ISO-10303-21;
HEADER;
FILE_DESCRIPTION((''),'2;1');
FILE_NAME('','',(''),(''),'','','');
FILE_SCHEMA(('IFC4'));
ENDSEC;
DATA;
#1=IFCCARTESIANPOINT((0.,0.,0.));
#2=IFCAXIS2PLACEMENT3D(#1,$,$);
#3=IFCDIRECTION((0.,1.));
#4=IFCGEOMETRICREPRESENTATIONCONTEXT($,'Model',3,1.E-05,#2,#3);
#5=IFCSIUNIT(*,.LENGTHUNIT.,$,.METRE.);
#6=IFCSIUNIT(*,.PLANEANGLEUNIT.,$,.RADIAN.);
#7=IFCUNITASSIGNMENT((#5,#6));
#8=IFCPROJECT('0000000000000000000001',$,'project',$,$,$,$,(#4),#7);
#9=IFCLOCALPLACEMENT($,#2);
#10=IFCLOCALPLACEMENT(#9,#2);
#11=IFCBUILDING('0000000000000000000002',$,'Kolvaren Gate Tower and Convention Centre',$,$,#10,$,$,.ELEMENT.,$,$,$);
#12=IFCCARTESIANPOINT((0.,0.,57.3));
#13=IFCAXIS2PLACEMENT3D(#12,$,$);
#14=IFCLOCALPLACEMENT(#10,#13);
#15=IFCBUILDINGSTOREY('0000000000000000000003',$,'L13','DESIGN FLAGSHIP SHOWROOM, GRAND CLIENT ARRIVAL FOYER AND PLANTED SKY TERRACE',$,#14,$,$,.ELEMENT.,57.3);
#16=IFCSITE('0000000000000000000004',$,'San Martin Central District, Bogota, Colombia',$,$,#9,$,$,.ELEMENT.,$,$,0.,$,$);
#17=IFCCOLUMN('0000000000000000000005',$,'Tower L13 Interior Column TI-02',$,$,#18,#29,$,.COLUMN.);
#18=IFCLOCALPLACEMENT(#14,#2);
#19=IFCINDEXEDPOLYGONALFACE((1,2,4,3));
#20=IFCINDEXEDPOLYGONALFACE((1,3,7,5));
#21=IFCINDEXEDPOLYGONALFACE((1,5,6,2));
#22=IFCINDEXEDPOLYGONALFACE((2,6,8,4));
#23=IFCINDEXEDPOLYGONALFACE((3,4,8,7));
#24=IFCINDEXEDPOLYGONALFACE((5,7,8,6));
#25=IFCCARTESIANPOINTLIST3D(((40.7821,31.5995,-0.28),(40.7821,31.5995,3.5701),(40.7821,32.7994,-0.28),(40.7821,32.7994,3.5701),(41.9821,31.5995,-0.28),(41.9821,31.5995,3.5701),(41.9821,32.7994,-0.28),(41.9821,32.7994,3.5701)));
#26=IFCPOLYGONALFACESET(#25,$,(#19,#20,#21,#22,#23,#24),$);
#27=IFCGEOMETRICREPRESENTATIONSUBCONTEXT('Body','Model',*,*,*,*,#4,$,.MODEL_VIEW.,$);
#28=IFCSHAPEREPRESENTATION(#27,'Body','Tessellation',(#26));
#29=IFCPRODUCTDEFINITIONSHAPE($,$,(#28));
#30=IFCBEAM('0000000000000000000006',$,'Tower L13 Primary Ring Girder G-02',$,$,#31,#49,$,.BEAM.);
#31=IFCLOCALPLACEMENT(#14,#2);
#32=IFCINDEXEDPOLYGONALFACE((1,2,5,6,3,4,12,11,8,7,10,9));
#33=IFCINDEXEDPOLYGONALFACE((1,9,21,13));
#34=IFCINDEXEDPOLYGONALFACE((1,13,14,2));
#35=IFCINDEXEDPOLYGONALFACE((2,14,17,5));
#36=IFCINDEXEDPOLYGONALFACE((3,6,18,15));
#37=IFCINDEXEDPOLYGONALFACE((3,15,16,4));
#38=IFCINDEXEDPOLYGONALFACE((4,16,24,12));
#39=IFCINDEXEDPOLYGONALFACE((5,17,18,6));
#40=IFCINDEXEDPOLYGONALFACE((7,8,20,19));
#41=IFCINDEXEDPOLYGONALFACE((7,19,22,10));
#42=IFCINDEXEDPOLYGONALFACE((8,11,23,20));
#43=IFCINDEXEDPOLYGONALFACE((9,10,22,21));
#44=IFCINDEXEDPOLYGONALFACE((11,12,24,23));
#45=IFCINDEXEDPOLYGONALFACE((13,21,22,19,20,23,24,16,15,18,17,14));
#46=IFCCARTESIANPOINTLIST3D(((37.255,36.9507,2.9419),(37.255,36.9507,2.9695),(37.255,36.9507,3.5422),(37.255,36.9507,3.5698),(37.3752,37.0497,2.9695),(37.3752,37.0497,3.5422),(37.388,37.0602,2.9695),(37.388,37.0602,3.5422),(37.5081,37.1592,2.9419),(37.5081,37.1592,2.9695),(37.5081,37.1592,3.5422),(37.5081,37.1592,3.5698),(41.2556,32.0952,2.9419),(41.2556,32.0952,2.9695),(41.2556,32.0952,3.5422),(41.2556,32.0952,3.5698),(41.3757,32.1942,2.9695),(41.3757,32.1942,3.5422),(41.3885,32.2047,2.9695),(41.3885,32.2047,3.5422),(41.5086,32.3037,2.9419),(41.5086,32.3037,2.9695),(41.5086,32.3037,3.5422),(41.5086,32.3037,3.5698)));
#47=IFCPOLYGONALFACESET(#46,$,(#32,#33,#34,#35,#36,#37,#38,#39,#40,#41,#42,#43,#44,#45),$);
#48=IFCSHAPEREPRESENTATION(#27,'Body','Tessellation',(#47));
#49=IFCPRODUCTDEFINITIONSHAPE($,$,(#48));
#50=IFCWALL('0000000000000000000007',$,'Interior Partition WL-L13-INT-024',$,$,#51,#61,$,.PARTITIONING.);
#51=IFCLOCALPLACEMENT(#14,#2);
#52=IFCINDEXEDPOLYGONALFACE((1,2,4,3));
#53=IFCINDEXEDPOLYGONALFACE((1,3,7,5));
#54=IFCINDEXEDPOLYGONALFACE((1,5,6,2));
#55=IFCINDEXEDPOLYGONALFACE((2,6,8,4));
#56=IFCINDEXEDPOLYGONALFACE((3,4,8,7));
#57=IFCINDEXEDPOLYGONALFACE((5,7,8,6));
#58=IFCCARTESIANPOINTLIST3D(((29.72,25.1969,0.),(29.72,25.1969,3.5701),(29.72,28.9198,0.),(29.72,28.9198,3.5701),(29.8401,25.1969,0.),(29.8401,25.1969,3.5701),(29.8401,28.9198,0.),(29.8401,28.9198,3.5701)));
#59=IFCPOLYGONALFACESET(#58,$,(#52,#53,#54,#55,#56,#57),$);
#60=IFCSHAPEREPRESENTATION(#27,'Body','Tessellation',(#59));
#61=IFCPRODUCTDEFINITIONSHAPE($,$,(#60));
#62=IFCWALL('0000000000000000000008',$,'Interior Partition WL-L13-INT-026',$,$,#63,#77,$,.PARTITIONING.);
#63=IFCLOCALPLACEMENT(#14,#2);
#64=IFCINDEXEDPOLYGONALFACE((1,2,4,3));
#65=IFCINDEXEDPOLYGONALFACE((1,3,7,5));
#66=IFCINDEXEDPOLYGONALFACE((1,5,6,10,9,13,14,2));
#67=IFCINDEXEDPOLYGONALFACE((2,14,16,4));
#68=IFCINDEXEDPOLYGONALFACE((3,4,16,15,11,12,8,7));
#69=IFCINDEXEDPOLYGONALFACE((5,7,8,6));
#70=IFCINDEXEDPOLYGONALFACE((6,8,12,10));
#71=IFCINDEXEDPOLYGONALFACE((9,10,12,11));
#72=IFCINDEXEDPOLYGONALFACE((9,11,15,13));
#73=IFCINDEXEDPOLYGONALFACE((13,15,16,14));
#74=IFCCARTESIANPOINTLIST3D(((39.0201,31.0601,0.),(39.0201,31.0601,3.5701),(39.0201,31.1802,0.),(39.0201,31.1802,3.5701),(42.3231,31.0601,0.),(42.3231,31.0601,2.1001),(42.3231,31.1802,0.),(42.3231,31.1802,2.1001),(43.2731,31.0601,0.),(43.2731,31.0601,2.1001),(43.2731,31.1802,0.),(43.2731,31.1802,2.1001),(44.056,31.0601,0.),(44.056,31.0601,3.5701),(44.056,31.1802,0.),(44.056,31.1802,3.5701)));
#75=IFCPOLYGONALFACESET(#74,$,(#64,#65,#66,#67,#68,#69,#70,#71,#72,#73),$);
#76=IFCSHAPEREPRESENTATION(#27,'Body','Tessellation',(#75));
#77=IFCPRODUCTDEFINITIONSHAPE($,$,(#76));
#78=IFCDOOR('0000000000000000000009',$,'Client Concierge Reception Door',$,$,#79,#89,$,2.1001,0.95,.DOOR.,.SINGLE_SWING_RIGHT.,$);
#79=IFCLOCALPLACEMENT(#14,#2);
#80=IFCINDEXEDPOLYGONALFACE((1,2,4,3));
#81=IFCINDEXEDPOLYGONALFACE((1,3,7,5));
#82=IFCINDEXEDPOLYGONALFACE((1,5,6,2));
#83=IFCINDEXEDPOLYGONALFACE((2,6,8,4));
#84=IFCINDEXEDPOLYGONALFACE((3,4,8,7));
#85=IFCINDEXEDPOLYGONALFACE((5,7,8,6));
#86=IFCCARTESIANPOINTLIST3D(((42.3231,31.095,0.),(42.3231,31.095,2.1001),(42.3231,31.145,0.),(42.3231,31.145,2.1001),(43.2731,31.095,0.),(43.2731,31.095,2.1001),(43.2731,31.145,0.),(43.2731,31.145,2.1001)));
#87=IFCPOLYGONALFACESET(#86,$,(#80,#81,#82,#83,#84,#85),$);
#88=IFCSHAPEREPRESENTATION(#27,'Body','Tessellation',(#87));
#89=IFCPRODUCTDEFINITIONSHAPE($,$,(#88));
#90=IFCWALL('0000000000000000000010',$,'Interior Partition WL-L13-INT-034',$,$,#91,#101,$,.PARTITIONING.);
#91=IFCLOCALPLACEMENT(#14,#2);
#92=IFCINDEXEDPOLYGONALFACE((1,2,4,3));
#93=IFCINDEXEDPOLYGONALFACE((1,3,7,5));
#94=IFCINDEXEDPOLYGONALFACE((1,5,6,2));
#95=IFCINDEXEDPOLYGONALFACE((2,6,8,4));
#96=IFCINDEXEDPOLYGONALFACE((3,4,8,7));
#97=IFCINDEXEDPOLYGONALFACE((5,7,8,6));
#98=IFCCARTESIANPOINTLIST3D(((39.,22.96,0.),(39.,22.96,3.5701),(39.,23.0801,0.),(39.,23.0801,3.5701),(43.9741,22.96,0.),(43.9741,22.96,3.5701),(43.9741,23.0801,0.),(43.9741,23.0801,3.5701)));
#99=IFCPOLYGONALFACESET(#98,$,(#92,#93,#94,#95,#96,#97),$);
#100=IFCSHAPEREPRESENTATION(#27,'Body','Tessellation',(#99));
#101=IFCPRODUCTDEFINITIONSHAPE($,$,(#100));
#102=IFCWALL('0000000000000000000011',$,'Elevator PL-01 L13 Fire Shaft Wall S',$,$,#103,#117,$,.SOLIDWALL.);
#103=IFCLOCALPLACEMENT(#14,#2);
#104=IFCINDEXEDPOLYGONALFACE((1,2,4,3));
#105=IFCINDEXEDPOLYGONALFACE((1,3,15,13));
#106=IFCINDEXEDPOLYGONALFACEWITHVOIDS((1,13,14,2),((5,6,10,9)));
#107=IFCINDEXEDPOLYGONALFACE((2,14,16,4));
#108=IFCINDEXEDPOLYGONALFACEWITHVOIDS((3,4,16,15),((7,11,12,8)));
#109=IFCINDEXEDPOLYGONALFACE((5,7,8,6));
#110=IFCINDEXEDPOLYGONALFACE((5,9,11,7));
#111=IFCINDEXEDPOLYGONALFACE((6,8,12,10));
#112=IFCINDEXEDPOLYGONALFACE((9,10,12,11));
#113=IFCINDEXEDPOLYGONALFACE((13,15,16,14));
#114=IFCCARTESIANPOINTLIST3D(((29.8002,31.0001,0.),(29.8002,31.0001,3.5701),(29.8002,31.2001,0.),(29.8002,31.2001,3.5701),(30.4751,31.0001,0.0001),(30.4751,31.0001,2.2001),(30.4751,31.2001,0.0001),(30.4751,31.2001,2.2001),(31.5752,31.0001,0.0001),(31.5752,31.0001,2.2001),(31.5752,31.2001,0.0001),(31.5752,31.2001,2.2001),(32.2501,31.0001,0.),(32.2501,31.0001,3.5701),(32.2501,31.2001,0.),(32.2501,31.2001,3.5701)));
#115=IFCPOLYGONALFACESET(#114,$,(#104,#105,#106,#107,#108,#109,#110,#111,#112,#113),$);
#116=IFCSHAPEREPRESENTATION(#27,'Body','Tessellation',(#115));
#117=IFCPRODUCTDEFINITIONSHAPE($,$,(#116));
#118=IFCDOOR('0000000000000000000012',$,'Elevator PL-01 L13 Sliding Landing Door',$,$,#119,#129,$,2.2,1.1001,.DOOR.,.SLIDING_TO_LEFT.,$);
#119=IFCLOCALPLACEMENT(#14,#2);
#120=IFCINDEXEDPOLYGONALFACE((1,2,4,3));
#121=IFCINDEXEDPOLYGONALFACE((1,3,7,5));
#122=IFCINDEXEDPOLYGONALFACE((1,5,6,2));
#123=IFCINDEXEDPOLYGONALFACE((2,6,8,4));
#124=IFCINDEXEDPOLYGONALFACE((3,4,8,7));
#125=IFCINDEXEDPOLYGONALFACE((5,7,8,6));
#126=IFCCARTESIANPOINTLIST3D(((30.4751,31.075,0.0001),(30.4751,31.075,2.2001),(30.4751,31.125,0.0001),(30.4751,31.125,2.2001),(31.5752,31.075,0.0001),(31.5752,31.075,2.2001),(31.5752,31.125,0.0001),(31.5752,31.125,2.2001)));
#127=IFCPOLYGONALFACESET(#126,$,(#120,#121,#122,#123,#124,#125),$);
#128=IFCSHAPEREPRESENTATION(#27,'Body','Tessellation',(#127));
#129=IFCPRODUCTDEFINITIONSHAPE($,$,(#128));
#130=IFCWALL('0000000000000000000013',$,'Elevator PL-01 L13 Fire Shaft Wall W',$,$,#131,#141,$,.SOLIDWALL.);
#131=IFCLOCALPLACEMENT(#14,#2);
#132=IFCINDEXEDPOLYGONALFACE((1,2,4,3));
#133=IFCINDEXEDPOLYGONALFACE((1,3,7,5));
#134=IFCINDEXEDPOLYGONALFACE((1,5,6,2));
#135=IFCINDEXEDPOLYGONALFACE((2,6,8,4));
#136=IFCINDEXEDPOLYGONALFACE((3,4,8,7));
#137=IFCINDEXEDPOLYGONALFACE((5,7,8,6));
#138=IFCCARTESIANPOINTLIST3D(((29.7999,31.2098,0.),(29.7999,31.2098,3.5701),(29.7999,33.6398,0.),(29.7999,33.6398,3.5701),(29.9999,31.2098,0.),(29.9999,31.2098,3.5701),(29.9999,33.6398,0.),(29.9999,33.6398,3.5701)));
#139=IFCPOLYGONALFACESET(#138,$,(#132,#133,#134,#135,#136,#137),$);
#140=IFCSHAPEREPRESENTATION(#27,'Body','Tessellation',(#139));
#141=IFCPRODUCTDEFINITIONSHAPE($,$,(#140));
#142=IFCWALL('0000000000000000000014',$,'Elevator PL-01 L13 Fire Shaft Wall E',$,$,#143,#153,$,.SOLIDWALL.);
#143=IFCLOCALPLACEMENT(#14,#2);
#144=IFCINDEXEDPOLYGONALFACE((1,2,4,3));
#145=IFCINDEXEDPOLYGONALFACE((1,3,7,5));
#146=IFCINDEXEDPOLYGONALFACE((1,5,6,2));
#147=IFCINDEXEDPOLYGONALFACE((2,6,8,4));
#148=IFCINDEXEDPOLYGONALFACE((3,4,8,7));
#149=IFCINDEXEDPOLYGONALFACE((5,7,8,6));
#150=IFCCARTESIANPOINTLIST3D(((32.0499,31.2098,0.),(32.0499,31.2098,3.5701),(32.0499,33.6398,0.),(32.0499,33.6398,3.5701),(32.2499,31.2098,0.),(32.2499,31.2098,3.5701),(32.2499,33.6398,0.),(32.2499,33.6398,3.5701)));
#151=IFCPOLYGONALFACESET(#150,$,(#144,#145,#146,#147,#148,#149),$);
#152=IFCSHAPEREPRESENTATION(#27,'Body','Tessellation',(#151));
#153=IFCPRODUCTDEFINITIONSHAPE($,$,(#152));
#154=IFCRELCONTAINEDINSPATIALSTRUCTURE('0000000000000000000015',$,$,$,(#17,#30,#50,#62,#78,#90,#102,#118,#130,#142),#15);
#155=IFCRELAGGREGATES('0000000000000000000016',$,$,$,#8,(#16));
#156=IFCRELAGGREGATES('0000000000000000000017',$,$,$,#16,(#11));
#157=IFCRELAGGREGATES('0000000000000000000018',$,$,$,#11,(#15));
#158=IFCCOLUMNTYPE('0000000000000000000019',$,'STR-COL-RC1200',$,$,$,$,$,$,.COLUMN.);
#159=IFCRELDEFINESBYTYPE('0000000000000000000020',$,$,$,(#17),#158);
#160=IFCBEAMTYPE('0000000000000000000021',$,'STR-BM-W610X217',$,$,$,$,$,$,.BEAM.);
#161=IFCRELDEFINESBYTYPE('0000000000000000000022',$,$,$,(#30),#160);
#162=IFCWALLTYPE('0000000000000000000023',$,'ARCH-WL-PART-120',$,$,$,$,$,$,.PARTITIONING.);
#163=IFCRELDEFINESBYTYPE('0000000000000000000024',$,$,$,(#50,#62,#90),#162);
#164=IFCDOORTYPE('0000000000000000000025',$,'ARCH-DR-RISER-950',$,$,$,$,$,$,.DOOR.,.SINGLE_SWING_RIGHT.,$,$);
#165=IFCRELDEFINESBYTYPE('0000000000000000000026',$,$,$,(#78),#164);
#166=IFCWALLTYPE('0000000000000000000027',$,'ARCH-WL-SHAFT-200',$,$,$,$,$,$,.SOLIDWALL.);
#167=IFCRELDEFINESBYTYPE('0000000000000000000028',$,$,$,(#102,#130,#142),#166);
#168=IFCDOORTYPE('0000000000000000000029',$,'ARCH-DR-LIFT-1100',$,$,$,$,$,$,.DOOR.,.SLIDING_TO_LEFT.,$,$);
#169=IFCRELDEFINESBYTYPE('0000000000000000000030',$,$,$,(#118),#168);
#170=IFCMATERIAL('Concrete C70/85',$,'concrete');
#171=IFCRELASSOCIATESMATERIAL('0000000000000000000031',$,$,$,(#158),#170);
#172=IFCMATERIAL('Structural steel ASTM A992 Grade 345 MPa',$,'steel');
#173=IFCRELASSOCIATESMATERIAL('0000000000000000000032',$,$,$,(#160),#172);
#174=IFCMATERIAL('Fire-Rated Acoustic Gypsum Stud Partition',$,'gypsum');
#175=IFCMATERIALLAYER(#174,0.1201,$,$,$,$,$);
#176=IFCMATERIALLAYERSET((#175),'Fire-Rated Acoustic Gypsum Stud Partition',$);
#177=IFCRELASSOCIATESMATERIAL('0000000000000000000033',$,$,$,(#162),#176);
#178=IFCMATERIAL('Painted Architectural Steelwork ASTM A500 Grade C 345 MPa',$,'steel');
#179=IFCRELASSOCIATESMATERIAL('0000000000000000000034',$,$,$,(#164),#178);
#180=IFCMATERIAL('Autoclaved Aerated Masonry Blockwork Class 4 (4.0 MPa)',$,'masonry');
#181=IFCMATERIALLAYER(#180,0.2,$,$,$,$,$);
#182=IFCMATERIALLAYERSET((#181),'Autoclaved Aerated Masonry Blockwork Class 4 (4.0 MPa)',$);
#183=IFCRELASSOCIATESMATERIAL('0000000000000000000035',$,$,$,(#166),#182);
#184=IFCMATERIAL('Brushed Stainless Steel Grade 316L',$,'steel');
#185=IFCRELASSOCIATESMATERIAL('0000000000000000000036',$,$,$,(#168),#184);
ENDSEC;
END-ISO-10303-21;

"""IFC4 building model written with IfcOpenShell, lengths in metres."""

from ifc_helpers import new_model, si_unit, direction, frame, frame_2d, origin, origin_2d, place, context, subcontext, project, spatial, rectangle, i_section, extrude, material, layer, layer_set, material_profile, profile_set, type_object, element, fill, save


model = new_model("IFC4")

# Units and contexts
model_context = context("Model", 3, precision=1e-05, world=origin(), true_north=direction((0.0, 1.0)))
body_context = subcontext(model_context, "Body", "Model", "MODEL_VIEW")
ifc_project = project(units=[si_unit("LENGTHUNIT", "METRE"), si_unit("PLANEANGLEUNIT", "RADIAN")], contexts=[model_context])

# Site, building, storey
site_placement = place(None, origin())
site = spatial("IfcSite", under=ifc_project, at=site_placement, Name="San Martin Central District, Bogota, Colombia", CompositionType="ELEMENT", RefElevation=0.0)
building_placement = place(site_placement, origin())
building = spatial("IfcBuilding", under=site, at=building_placement, Name="Kolvaren Gate Tower and Convention Centre", CompositionType="ELEMENT")
storey_placement = place(building_placement, frame((0.0, 0.0, 57.3)))
storey = spatial("IfcBuildingStorey", under=building, at=storey_placement, Name="L13", Description="DESIGN FLAGSHIP SHOWROOM, GRAND CLIENT ARRIVAL FOYER AND PLANTED SKY TERRACE", CompositionType="ELEMENT", Elevation=57.3)

# Column
ifc_material_1 = material(Name="Concrete C70/85", Category="concrete")
ifc_material_profile_1 = material_profile(ifc_material_1, rectangle(XDim=1.2, YDim=1.2, at=origin_2d()), Name="RC-COL-1200X1200")
ifc_profile_set_1 = profile_set([ifc_material_profile_1], Name="Concrete C70/85")
column_type = type_object("IfcColumnType", Name="STR-COL-RC1200", PredefinedType="COLUMN", material=ifc_profile_set_1)
column_placement = place(storey_placement, frame((41.3821, 32.1995, -0.28), z_axis=(0.0, 0.0, 1.0), x_axis=(1.0, 0.0, 0.0)))
element("IfcColumn", 1, at=column_placement, inside=storey, type_object=column_type, Name="Tower L13 Interior Column TI-02", PredefinedType="COLUMN", context=body_context, shape_type="SweptSolid", body=[
    extrude(rectangle(XDim=1.2, YDim=1.2, at=origin_2d()), origin(), (0.0, 0.0, 1.0), 3.8501),
])

# Beam
ifc_material_2 = material(Name="Structural steel ASTM A992 Grade 345 MPa", Category="steel")
ifc_material_profile_2 = material_profile(ifc_material_2, i_section(OverallWidth=0.3279, OverallDepth=0.6279, WebThickness=0.0166, FlangeThickness=0.0276, at=origin_2d()), Name="W610X217")
ifc_profile_set_2 = profile_set([ifc_material_profile_2], Name="Structural steel ASTM A992 Grade 345 MPa")
beam_type = type_object("IfcBeamType", Name="STR-BM-W610X217", PredefinedType="BEAM", material=ifc_profile_set_2)
beam_placement = place(storey_placement, frame((41.3821, 32.1995, 3.2559), z_axis=(-0.635884, 0.771785, 0.0), x_axis=(-0.771785, -0.635884, 0.0)))
element("IfcBeam", 2, at=beam_placement, inside=storey, type_object=beam_type, Name="Tower L13 Primary Ring Girder G-02", PredefinedType="BEAM", context=body_context, shape_type="SweptSolid", body=[
    extrude(i_section(OverallWidth=0.3279, OverallDepth=0.6279, WebThickness=0.0166, FlangeThickness=0.0276, at=origin_2d()), origin(), (0.0, 0.0, 1.0), 6.2913),
])

# Wall
ifc_material_3 = material(Name="Fire-Rated Acoustic Gypsum Stud Partition", Category="gypsum")
ifc_layer_1 = layer(ifc_material_3, 0.1201)
ifc_layer_set_1 = layer_set([ifc_layer_1], Name="Fire-Rated Acoustic Gypsum Stud Partition")
wall_type_1 = type_object("IfcWallType", Name="ARCH-WL-PART-120", PredefinedType="PARTITIONING", material=ifc_layer_set_1)
wall_1_placement = place(storey_placement, frame((29.78, 25.197, 0.0), z_axis=(0.0, 0.0, 1.0), x_axis=(0.0, 1.0, 0.0)))
element("IfcWall", 3, at=wall_1_placement, inside=storey, type_object=wall_type_1, Name="Interior Partition WL-L13-INT-024", PredefinedType="PARTITIONING", context=body_context, shape_type="SweptSolid", body=[
    extrude(rectangle(XDim=3.7229, YDim=0.1201, at=frame_2d((1.8613, 0.0))), origin(), (0.0, 0.0, 1.0), 3.5701),
])

# Wall, opening, door
wall_2_placement = place(storey_placement, frame((39.02, 31.1201, 0.0), z_axis=(0.0, 0.0, 1.0), x_axis=(1.0, 0.0, 0.0)))
wall_2 = element("IfcWall", 4, at=wall_2_placement, inside=storey, type_object=wall_type_1, Name="Interior Partition WL-L13-INT-026", PredefinedType="PARTITIONING", context=body_context, shape_type="SweptSolid", body=[
    extrude(rectangle(XDim=5.0359, YDim=0.1201, at=frame_2d((2.5181, 0.0))), origin(), (0.0, 0.0, 1.0), 3.5701),
])
opening_1_placement = place(wall_2_placement, frame((3.303, 0.0, 0.0)))
opening_1 = element("IfcOpeningElement", 5, at=opening_1_placement, cuts=wall_2, PredefinedType="OPENING", context=body_context, shape_type="SweptSolid", body=[
    extrude(rectangle(XDim=0.95, YDim=2.1001, at=frame_2d((0.4751, 1.05))), frame((0.0, 0.0701, 0.0), z_axis=(0.0, -1.0, 0.0), x_axis=(1.0, 0.0, 0.0)), (0.0, 0.0, 1.0), 0.1401),
])
ifc_material_4 = material(Name="Painted Architectural Steelwork ASTM A500 Grade C 345 MPa", Category="steel")
door_type_1 = type_object("IfcDoorType", Name="ARCH-DR-RISER-950", OperationType="SINGLE_SWING_RIGHT", PredefinedType="DOOR", material=ifc_material_4)
door_1_placement = place(opening_1_placement, origin())
door_1 = element("IfcDoor", 6, at=door_1_placement, inside=storey, type_object=door_type_1, Name="Client Concierge Reception Door", OperationType="SINGLE_SWING_RIGHT", OverallHeight=2.1001, OverallWidth=0.95, PredefinedType="DOOR", context=body_context, shape_type="SweptSolid", body=[
    extrude(rectangle(XDim=0.95, YDim=2.1001, at=frame_2d((0.4751, 1.05))), frame((0.0, 0.0249, 0.0), z_axis=(0.0, -1.0, 0.0), x_axis=(1.0, 0.0, 0.0)), (0.0, 0.0, 1.0), 0.05),
])
fill(opening_1, door_1)

# Wall
wall_3_placement = place(storey_placement, frame((39.0, 23.02, 0.0), z_axis=(0.0, 0.0, 1.0), x_axis=(1.0, 0.0, 0.0)))
element("IfcWall", 7, at=wall_3_placement, inside=storey, type_object=wall_type_1, Name="Interior Partition WL-L13-INT-034", PredefinedType="PARTITIONING", context=body_context, shape_type="SweptSolid", body=[
    extrude(rectangle(XDim=4.9741, YDim=0.1201, at=frame_2d((2.4871, 0.0))), origin(), (0.0, 0.0, 1.0), 3.5701),
])

# Wall, opening, door
ifc_material_5 = material(Name="Autoclaved Aerated Masonry Blockwork Class 4 (4.0 MPa)", Category="masonry")
ifc_layer_2 = layer(ifc_material_5, 0.2)
ifc_layer_set_2 = layer_set([ifc_layer_2], Name="Autoclaved Aerated Masonry Blockwork Class 4 (4.0 MPa)")
wall_type_2 = type_object("IfcWallType", Name="ARCH-WL-SHAFT-200", PredefinedType="SOLIDWALL", material=ifc_layer_set_2)
wall_4_placement = place(storey_placement, frame((29.8, 31.1001, 0.0), z_axis=(0.0, 0.0, 1.0), x_axis=(1.0, 0.0, 0.0)))
wall_4 = element("IfcWall", 8, at=wall_4_placement, inside=storey, type_object=wall_type_2, Name="Elevator PL-01 L13 Fire Shaft Wall S", PredefinedType="SOLIDWALL", context=body_context, shape_type="SweptSolid", body=[
    extrude(rectangle(XDim=2.45, YDim=0.2, at=frame_2d((1.2251, 0.0))), origin(), (0.0, 0.0, 1.0), 3.5701),
])
opening_2_placement = place(wall_4_placement, frame((0.675, 0.0, 0.0)))
opening_2 = element("IfcOpeningElement", 9, at=opening_2_placement, cuts=wall_4, PredefinedType="OPENING", context=body_context, shape_type="SweptSolid", body=[
    extrude(rectangle(XDim=1.1001, YDim=2.2, at=frame_2d((0.55, 1.1001))), frame((0.0, 0.1099, 0.0), z_axis=(0.0, -1.0, 0.0), x_axis=(1.0, 0.0, 0.0)), (0.0, 0.0, 1.0), 0.22),
])
ifc_material_6 = material(Name="Brushed Stainless Steel Grade 316L", Category="steel")
door_type_2 = type_object("IfcDoorType", Name="ARCH-DR-LIFT-1100", OperationType="SLIDING_TO_LEFT", PredefinedType="DOOR", material=ifc_material_6)
door_2_placement = place(opening_2_placement, origin())
door_2 = element("IfcDoor", 10, at=door_2_placement, inside=storey, type_object=door_type_2, Name="Elevator PL-01 L13 Sliding Landing Door", OperationType="SLIDING_TO_LEFT", OverallHeight=2.2, OverallWidth=1.1001, PredefinedType="DOOR", context=body_context, shape_type="SweptSolid", body=[
    extrude(rectangle(XDim=1.1001, YDim=2.2, at=frame_2d((0.55, 1.1001))), frame((0.0, 0.0249, 0.0), z_axis=(0.0, -1.0, 0.0), x_axis=(1.0, 0.0, 0.0)), (0.0, 0.0, 1.0), 0.05),
])
fill(opening_2, door_2)

# Walls
for number, where, z_axis, x_axis, name in (
    (11, (29.8999, 31.21, 0.0), (0.0, 0.0, 1.0), (0.0, 1.0, 0.0), "Elevator PL-01 L13 Fire Shaft Wall W"),
    (12, (32.1499, 31.21, 0.0), (0.0, 0.0, 1.0), (0.0, 1.0, 0.0), "Elevator PL-01 L13 Fire Shaft Wall E"),
):
    element("IfcWall", number, at=place(storey_placement, frame(where, z_axis=z_axis, x_axis=x_axis)), inside=storey, type_object=wall_type_2, Name=name, PredefinedType="SOLIDWALL", context=body_context, shape_type="SweptSolid", body=[
        extrude(rectangle(XDim=2.4299, YDim=0.2, at=frame_2d((1.2148, 0.0))), origin(), (0.0, 0.0, 1.0), 3.5701),
    ])

save(model, "model.ifc")
